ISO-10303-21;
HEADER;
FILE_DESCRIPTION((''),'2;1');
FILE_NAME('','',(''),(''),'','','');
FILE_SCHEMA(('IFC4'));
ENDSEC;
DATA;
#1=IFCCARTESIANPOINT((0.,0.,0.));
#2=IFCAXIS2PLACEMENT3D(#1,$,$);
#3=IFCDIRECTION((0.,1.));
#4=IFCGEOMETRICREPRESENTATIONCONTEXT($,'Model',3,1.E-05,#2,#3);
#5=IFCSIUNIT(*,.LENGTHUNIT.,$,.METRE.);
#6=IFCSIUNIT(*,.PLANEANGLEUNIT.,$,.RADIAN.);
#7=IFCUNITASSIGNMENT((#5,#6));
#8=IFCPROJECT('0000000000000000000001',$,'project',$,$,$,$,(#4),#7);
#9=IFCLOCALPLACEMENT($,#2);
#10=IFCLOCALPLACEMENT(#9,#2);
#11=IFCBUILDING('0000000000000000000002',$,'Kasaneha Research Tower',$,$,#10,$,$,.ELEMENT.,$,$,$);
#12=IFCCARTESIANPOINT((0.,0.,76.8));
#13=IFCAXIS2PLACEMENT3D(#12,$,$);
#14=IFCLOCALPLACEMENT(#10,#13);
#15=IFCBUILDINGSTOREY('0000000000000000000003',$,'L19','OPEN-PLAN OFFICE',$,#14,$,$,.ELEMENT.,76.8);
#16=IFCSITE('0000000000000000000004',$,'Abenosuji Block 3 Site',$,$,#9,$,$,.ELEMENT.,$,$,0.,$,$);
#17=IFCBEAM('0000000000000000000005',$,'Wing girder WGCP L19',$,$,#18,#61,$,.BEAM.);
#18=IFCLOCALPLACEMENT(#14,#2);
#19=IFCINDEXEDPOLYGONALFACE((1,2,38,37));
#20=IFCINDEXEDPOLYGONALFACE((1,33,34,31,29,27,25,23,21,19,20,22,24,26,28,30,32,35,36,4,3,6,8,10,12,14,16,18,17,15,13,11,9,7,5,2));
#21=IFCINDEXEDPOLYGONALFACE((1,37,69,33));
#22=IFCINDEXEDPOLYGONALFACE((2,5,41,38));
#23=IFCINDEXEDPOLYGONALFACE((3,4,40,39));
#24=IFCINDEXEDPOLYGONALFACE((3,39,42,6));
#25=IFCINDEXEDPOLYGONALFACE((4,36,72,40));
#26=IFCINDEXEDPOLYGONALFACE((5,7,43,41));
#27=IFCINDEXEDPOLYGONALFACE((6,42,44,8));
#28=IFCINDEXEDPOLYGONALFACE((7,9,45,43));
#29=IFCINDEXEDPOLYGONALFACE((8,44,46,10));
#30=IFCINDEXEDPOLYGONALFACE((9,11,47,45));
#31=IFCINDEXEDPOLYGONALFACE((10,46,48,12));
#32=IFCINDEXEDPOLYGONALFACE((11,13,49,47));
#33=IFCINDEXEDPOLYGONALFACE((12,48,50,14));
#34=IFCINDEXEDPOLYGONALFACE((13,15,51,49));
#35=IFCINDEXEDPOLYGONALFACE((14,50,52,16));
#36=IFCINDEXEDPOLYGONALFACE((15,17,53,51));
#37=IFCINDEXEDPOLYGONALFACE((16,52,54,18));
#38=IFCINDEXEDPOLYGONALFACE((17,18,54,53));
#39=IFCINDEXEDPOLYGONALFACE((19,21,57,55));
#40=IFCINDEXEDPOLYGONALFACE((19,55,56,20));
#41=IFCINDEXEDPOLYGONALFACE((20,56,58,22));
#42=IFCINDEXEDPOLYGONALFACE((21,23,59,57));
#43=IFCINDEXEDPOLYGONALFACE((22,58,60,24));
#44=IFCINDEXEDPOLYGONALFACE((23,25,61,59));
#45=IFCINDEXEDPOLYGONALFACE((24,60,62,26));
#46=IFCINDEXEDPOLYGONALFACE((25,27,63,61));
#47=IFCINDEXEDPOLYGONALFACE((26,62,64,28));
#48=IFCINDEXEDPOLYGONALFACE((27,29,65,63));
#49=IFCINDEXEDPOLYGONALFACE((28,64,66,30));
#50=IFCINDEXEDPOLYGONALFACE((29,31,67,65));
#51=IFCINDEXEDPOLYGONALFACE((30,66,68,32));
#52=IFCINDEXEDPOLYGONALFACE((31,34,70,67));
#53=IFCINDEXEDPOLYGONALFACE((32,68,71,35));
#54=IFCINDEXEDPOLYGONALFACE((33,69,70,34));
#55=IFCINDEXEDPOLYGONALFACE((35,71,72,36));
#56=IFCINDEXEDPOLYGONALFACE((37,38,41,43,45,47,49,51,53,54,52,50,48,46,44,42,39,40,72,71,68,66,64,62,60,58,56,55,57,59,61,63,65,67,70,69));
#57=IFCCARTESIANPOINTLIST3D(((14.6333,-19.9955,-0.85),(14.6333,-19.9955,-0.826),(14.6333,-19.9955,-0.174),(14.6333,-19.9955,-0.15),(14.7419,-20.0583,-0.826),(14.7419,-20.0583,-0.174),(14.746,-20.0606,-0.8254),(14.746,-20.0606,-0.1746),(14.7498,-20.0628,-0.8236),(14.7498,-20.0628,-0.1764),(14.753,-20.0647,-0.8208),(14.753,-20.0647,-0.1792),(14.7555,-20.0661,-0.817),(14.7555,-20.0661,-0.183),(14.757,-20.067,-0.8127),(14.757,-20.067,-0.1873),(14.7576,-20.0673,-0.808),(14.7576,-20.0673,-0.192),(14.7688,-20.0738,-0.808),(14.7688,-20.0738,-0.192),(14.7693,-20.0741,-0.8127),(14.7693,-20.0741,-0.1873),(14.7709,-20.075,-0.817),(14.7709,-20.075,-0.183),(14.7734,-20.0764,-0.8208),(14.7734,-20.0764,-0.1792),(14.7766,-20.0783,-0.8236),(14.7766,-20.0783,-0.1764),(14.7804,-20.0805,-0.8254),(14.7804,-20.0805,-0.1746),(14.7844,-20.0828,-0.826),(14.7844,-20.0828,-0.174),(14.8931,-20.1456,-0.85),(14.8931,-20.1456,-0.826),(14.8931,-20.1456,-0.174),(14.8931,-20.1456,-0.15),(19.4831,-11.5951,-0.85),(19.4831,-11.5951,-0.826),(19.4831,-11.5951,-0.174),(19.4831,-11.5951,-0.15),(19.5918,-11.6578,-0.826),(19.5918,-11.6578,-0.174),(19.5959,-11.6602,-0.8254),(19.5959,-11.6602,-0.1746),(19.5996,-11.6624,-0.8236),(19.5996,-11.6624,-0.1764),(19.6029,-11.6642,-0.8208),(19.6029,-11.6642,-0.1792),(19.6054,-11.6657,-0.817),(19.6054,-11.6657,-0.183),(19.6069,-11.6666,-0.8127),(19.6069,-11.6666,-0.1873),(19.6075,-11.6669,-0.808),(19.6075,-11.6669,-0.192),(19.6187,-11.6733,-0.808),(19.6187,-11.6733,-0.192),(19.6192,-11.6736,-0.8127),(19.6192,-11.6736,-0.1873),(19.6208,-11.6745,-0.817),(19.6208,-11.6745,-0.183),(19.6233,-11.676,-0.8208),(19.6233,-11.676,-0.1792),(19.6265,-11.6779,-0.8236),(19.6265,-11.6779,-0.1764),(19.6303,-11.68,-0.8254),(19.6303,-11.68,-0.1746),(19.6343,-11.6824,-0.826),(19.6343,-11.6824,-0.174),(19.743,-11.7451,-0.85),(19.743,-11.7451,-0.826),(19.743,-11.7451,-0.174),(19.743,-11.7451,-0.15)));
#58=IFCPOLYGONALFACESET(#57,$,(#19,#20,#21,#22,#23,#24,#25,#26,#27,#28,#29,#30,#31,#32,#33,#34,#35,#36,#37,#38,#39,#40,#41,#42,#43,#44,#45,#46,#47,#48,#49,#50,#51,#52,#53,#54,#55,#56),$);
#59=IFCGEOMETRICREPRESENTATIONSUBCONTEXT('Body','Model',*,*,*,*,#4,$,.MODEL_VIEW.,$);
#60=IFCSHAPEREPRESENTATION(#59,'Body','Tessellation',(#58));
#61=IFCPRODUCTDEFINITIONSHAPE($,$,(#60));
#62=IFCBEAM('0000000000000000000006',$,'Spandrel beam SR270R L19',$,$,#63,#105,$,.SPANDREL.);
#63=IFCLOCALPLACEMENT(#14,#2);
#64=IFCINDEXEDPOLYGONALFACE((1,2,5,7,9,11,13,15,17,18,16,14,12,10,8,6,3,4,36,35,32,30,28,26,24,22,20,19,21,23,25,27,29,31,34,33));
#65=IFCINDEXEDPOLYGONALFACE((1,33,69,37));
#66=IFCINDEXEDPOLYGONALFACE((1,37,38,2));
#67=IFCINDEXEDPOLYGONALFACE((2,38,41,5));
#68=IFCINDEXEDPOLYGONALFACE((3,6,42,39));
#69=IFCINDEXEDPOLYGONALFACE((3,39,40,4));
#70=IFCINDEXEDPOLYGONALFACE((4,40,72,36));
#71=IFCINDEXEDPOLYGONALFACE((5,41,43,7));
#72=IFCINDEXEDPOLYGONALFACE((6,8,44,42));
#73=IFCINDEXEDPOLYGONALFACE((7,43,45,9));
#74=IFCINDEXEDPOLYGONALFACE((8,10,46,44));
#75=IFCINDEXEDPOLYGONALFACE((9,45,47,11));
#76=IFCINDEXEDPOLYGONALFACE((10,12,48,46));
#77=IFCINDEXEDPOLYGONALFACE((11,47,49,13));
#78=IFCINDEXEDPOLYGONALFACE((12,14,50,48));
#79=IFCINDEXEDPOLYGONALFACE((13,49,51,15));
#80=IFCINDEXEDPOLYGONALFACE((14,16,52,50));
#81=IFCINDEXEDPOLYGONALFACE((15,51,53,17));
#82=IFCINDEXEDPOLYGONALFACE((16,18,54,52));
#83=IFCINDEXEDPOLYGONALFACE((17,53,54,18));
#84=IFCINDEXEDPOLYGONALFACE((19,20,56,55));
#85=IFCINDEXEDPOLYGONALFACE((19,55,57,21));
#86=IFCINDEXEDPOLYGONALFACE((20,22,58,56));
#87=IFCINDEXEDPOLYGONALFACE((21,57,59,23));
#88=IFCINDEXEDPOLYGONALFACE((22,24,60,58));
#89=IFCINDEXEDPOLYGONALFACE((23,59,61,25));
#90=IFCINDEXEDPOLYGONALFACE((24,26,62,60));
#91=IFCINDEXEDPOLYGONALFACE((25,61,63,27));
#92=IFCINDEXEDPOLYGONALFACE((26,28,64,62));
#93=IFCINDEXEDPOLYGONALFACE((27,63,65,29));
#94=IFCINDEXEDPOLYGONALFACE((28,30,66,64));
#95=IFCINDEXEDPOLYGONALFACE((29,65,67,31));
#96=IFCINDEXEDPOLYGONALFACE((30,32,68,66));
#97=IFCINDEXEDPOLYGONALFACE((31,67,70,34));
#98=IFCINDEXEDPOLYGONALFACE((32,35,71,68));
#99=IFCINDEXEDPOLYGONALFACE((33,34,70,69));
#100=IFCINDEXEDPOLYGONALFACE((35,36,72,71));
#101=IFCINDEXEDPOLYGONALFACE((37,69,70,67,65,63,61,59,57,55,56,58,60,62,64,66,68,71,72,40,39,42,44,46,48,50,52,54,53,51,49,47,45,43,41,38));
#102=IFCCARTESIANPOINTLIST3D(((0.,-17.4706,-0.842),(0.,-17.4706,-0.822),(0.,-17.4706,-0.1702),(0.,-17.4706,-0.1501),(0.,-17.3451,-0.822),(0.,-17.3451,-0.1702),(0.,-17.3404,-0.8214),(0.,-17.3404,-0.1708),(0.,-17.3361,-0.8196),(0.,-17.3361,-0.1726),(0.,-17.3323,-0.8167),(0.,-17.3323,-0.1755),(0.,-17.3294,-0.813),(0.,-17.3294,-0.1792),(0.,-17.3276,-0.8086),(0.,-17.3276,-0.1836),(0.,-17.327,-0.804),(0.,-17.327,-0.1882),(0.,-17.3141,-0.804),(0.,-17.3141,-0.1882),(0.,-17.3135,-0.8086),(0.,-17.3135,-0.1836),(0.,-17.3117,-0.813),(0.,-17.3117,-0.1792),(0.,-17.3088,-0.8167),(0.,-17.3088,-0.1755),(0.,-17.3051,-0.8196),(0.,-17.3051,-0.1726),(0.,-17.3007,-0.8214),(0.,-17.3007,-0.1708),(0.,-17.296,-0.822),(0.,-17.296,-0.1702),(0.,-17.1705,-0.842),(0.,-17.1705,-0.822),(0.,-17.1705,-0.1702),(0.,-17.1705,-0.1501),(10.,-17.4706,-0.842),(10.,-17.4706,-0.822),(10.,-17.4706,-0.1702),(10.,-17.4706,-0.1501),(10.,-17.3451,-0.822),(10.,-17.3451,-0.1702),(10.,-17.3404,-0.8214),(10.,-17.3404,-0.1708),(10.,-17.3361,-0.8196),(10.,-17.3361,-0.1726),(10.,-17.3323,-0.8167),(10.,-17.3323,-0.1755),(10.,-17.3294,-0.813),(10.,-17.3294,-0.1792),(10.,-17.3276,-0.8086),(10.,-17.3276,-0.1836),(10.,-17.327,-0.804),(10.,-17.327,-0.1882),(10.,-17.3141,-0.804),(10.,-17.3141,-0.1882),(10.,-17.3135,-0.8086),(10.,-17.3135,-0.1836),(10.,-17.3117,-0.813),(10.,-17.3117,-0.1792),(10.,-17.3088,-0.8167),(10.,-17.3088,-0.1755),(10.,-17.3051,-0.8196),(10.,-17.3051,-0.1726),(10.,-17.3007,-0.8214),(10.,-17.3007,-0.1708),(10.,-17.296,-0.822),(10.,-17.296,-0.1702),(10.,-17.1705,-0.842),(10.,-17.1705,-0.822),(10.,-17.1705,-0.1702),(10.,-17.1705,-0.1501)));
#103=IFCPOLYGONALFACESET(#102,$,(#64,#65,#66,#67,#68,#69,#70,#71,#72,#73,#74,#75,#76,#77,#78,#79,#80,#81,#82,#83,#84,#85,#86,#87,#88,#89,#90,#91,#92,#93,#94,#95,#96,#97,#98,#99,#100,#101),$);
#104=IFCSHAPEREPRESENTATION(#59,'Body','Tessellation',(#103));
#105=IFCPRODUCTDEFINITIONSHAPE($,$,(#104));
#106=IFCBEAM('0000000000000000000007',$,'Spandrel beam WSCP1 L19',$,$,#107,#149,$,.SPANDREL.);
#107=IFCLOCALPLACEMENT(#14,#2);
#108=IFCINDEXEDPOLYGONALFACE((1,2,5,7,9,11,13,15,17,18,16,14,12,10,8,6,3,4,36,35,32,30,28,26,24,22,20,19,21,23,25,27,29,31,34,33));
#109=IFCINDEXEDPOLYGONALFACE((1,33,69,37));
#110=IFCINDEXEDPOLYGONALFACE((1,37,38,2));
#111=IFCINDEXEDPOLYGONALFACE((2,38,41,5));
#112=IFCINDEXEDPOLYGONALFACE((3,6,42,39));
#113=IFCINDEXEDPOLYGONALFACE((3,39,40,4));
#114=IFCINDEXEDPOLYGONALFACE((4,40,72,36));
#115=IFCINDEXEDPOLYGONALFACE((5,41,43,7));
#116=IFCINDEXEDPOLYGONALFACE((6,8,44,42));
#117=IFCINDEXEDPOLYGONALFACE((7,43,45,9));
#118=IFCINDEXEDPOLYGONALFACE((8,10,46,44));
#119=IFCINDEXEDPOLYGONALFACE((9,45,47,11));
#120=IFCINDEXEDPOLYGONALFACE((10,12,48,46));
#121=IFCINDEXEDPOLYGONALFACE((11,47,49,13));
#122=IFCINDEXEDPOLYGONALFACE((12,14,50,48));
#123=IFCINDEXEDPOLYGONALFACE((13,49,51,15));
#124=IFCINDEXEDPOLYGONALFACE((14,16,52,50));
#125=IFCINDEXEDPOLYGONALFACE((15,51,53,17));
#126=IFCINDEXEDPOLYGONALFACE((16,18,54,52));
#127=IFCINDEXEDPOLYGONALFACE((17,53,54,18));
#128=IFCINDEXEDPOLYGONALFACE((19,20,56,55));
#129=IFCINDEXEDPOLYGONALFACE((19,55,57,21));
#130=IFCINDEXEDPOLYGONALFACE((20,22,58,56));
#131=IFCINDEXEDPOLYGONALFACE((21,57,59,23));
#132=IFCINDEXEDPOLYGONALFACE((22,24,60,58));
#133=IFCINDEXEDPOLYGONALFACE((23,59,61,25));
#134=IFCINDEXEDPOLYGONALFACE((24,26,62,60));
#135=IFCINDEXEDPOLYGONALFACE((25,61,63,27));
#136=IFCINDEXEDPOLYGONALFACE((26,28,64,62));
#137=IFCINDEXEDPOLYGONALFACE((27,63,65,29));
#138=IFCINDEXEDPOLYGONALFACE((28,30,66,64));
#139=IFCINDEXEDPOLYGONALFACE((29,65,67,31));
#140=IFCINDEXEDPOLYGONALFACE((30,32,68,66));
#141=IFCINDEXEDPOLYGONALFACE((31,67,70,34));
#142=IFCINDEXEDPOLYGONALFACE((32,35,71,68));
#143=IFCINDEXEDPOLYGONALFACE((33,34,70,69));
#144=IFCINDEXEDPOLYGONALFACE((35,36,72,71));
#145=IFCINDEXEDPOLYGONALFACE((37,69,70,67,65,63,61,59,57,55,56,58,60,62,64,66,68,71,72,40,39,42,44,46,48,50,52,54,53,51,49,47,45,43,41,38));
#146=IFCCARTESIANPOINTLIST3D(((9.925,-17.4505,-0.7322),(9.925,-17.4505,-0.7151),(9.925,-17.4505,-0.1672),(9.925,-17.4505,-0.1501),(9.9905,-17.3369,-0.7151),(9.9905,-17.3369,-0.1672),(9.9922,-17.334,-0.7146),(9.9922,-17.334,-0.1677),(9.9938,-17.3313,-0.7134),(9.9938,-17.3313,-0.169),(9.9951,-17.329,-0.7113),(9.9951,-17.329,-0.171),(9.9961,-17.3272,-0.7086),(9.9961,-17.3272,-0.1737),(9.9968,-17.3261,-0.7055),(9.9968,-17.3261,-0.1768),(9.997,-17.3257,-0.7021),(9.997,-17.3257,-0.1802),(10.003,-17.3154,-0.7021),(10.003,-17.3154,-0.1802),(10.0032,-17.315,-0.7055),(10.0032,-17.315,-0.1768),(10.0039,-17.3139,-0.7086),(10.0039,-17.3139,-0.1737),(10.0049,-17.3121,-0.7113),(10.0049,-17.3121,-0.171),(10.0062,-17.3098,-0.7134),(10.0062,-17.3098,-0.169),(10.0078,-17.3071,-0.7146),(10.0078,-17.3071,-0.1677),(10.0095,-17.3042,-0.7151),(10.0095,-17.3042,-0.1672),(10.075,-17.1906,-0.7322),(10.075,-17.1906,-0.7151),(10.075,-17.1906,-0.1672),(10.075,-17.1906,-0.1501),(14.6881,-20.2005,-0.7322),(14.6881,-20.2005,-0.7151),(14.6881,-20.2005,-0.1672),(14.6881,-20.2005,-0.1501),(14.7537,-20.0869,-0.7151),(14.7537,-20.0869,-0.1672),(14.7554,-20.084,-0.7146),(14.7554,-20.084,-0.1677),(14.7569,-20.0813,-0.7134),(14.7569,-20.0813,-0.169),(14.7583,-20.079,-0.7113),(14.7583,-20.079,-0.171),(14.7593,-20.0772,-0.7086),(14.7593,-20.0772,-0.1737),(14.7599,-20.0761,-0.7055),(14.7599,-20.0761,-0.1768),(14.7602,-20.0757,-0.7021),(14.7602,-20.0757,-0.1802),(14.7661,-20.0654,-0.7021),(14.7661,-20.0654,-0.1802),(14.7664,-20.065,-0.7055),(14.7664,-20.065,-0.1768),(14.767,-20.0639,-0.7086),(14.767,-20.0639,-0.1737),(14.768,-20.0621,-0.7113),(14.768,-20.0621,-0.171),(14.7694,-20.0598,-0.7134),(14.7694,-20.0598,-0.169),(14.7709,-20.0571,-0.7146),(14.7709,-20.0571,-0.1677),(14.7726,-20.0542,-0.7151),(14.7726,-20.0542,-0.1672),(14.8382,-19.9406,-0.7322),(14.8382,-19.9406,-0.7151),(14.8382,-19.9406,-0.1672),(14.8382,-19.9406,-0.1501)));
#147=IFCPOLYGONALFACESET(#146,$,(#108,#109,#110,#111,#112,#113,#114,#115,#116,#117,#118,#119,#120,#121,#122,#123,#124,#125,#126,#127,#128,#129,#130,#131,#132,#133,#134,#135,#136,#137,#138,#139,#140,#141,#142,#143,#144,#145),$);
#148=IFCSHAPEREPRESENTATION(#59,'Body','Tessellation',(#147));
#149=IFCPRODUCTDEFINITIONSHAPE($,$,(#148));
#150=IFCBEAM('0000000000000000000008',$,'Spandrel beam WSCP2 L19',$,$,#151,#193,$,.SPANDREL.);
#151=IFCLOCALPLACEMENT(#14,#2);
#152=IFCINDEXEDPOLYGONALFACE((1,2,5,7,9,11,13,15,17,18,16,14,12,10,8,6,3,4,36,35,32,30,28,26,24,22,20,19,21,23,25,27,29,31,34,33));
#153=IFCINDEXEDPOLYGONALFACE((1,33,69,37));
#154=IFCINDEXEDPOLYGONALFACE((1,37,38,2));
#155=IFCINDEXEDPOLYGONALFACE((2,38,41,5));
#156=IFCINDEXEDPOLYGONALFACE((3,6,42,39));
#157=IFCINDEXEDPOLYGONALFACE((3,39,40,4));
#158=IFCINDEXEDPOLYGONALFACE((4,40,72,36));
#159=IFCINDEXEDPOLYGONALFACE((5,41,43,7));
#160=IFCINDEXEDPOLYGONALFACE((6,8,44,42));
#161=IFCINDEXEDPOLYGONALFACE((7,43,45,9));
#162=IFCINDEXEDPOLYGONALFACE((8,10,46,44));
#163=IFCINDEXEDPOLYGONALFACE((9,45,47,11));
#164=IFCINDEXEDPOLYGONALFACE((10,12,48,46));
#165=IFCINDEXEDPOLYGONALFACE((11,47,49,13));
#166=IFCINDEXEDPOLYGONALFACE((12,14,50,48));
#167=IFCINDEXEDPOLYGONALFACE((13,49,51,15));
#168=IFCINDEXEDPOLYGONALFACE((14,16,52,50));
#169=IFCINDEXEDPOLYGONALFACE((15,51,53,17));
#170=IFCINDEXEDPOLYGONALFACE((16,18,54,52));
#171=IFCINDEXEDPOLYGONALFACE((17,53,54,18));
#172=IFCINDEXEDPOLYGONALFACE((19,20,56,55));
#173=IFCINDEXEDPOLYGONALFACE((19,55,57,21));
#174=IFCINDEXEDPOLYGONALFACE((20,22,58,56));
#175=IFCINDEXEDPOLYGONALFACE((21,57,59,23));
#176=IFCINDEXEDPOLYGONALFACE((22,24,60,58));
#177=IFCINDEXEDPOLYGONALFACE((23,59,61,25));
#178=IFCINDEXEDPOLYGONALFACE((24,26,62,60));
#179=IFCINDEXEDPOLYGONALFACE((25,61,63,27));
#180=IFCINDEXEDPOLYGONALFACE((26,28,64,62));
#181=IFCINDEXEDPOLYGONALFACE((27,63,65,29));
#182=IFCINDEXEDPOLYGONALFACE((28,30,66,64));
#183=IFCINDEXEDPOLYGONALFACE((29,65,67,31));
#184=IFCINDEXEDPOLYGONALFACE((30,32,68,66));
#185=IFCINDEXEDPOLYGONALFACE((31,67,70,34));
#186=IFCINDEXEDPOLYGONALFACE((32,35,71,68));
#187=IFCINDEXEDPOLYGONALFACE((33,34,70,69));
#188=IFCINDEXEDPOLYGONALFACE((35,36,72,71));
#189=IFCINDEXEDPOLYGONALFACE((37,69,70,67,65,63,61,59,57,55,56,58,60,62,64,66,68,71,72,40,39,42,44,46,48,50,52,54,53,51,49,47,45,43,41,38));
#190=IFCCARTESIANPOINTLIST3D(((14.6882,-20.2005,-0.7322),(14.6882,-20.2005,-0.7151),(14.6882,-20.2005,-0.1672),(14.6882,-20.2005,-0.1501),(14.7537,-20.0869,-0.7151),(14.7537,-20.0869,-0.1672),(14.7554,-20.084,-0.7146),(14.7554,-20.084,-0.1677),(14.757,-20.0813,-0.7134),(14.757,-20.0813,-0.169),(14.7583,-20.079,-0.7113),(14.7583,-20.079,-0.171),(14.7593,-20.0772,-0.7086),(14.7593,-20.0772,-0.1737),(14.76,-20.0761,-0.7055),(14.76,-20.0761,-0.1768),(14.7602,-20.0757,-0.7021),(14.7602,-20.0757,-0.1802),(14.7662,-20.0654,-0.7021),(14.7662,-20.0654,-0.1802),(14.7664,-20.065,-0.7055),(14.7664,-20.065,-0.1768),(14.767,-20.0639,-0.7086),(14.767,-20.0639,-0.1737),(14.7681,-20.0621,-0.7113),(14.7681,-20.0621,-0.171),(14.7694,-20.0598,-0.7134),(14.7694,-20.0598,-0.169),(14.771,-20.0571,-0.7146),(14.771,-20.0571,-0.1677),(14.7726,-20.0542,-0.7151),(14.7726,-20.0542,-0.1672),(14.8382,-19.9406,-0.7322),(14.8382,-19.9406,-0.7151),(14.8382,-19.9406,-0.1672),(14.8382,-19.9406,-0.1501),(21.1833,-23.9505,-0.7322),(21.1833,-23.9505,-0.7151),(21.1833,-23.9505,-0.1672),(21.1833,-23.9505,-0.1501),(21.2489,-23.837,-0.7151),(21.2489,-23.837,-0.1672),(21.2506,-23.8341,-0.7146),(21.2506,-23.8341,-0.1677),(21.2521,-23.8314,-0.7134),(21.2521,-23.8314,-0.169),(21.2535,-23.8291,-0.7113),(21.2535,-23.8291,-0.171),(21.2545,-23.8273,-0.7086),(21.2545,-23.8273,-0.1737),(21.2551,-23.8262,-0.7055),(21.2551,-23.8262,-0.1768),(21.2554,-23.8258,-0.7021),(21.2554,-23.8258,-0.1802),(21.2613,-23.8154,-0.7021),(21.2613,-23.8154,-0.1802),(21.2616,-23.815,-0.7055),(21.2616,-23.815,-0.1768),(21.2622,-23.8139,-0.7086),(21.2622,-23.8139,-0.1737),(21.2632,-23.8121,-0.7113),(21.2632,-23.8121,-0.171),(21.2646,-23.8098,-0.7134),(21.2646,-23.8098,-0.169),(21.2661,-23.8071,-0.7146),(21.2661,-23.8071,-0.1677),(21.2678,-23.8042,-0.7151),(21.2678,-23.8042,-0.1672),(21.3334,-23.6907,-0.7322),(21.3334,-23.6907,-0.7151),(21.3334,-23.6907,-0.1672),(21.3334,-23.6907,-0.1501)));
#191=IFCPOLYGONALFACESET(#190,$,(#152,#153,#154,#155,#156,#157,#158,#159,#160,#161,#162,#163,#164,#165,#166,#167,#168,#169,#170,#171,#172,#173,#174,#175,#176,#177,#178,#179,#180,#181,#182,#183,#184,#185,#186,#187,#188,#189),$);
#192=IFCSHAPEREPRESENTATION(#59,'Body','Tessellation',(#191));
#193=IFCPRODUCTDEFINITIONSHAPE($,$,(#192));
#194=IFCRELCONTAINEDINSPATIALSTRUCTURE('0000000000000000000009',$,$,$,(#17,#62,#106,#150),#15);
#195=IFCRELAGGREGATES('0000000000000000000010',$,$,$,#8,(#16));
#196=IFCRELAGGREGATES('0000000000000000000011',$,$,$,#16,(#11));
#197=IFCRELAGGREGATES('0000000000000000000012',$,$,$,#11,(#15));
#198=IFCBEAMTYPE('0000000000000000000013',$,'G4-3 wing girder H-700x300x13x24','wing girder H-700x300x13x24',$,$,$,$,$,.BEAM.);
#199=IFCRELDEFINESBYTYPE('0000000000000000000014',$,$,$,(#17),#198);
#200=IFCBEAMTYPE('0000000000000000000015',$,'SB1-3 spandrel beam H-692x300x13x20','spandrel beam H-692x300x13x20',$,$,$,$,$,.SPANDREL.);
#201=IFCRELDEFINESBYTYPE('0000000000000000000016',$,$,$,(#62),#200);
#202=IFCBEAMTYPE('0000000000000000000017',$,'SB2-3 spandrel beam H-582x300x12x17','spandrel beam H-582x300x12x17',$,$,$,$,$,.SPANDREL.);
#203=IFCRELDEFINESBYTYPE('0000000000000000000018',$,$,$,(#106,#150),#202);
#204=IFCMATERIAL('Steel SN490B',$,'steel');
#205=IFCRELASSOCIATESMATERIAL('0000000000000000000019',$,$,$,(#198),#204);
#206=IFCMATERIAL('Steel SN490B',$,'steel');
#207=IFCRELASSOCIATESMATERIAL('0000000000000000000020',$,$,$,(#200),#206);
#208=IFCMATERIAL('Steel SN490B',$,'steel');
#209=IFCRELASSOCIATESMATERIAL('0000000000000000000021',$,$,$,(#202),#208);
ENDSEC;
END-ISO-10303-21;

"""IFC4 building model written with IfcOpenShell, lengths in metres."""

from ifc_helpers import new_model, si_unit, direction, frame, origin, origin_2d, place, context, subcontext, project, spatial, i_section, extrude, material, material_profile, profile_set, type_object, element, save


model = new_model("IFC4")

# Units and contexts
model_context = context("Model", 3, precision=1e-05, world=origin(), true_north=direction((0.0, 1.0)))
body_context = subcontext(model_context, "Body", "Model", "MODEL_VIEW")
ifc_project = project(units=[si_unit("LENGTHUNIT", "METRE"), si_unit("PLANEANGLEUNIT", "RADIAN")], contexts=[model_context])

# Site, building, storey
site_placement = place(None, origin())
site = spatial("IfcSite", under=ifc_project, at=site_placement, Name="Abenosuji Block 3 Site", CompositionType="ELEMENT", RefElevation=0.0)
building_placement = place(site_placement, origin())
building = spatial("IfcBuilding", under=site, at=building_placement, Name="Kasaneha Research Tower", CompositionType="ELEMENT")
storey_placement = place(building_placement, frame((0.0, 0.0, 76.8)))
storey = spatial("IfcBuildingStorey", under=building, at=storey_placement, Name="L19", Description="OPEN-PLAN OFFICE", CompositionType="ELEMENT", Elevation=76.8)

# Beams
ifc_material_1 = material(Name="Steel SN490B", Category="steel")
ifc_material_profile_1 = material_profile(ifc_material_1, i_section(OverallWidth=0.3, OverallDepth=0.7, WebThickness=0.0129, FlangeThickness=0.0239, FilletRadius=0.0181, at=origin_2d()), Name="H-700x300x13x24")
ifc_profile_set_1 = profile_set([ifc_material_profile_1], Name="Steel SN490B")
beam_type_1 = type_object("IfcBeamType", Name="G4-3 wing girder H-700x300x13x24", Description="wing girder H-700x300x13x24", PredefinedType="BEAM", material=ifc_profile_set_1)
beam_1_placement = place(storey_placement, frame((14.7632, -20.0706, -0.5), z_axis=(0.499991, 0.866031, 0.0), x_axis=(-0.866031, 0.499991, 0.0)))
element("IfcBeam", 1, at=beam_1_placement, inside=storey, type_object=beam_type_1, Name="Wing girder WGCP L19", PredefinedType="BEAM", context=body_context, shape_type="SweptSolid", body=[
    extrude(i_section(OverallWidth=0.3, OverallDepth=0.7, WebThickness=0.0129, FlangeThickness=0.0239, FilletRadius=0.0181, at=origin_2d()), origin(), (0.0, 0.0, 1.0), 9.7),
])
ifc_material_2 = material(Name="Steel SN490B", Category="steel")
ifc_material_profile_2 = material_profile(ifc_material_2, i_section(OverallWidth=0.3, OverallDepth=0.6919, WebThickness=0.0129, FlangeThickness=0.02, FilletRadius=0.0181, at=origin_2d()), Name="H-692x300x13x20")
ifc_profile_set_2 = profile_set([ifc_material_profile_2], Name="Steel SN490B")
beam_type_2 = type_object("IfcBeamType", Name="SB1-3 spandrel beam H-692x300x13x20", Description="spandrel beam H-692x300x13x20", PredefinedType="SPANDREL", material=ifc_profile_set_2)
beam_2_placement = place(storey_placement, frame((10.0, -17.3206, -0.4961), z_axis=(-1.0, 0.0, 0.0), x_axis=(0.0, -1.0, 0.0)))
element("IfcBeam", 2, at=beam_2_placement, inside=storey, type_object=beam_type_2, Name="Spandrel beam SR270R L19", PredefinedType="SPANDREL", context=body_context, shape_type="SweptSolid", body=[
    extrude(i_section(OverallWidth=0.3, OverallDepth=0.6919, WebThickness=0.0129, FlangeThickness=0.02, FilletRadius=0.0181, at=origin_2d()), origin(), (0.0, 0.0, 1.0), 10.0),
])
ifc_material_3 = material(Name="Steel SN490B", Category="steel")
ifc_material_profile_3 = material_profile(ifc_material_3, i_section(OverallWidth=0.3, OverallDepth=0.582, WebThickness=0.012, FlangeThickness=0.0171, FilletRadius=0.0129, at=origin_2d()), Name="H-582x300x12x17")
ifc_profile_set_3 = profile_set([ifc_material_profile_3], Name="Steel SN490B")
beam_type_3 = type_object("IfcBeamType", Name="SB2-3 spandrel beam H-582x300x12x17", Description="spandrel beam H-582x300x12x17", PredefinedType="SPANDREL", material=ifc_profile_set_3)
beam_3_placement = place(storey_placement, frame((10.0, -17.3206, -0.4412), z_axis=(0.866027, -0.499997, 0.0), x_axis=(0.499997, 0.866027, 0.0)))
element("IfcBeam", 3, at=beam_3_placement, inside=storey, type_object=beam_type_3, Name="Spandrel beam WSCP1 L19", PredefinedType="SPANDREL", context=body_context, shape_type="SweptSolid", body=[
    extrude(i_section(OverallWidth=0.3, OverallDepth=0.582, WebThickness=0.012, FlangeThickness=0.0171, FilletRadius=0.0129, at=origin_2d()), origin(), (0.0, 0.0, 1.0), 5.5),
])
beam_4_placement = place(storey_placement, frame((14.7632, -20.0706, -0.4412), z_axis=(0.866023, -0.500004, 0.0), x_axis=(0.500004, 0.866023, 0.0)))
element("IfcBeam", 4, at=beam_4_placement, inside=storey, type_object=beam_type_3, Name="Spandrel beam WSCP2 L19", PredefinedType="SPANDREL", context=body_context, shape_type="SweptSolid", body=[
    extrude(i_section(OverallWidth=0.3, OverallDepth=0.582, WebThickness=0.012, FlangeThickness=0.0171, FilletRadius=0.0129, at=origin_2d()), origin(), (0.0, 0.0, 1.0), 7.5),
])

save(model, "model.ifc")
